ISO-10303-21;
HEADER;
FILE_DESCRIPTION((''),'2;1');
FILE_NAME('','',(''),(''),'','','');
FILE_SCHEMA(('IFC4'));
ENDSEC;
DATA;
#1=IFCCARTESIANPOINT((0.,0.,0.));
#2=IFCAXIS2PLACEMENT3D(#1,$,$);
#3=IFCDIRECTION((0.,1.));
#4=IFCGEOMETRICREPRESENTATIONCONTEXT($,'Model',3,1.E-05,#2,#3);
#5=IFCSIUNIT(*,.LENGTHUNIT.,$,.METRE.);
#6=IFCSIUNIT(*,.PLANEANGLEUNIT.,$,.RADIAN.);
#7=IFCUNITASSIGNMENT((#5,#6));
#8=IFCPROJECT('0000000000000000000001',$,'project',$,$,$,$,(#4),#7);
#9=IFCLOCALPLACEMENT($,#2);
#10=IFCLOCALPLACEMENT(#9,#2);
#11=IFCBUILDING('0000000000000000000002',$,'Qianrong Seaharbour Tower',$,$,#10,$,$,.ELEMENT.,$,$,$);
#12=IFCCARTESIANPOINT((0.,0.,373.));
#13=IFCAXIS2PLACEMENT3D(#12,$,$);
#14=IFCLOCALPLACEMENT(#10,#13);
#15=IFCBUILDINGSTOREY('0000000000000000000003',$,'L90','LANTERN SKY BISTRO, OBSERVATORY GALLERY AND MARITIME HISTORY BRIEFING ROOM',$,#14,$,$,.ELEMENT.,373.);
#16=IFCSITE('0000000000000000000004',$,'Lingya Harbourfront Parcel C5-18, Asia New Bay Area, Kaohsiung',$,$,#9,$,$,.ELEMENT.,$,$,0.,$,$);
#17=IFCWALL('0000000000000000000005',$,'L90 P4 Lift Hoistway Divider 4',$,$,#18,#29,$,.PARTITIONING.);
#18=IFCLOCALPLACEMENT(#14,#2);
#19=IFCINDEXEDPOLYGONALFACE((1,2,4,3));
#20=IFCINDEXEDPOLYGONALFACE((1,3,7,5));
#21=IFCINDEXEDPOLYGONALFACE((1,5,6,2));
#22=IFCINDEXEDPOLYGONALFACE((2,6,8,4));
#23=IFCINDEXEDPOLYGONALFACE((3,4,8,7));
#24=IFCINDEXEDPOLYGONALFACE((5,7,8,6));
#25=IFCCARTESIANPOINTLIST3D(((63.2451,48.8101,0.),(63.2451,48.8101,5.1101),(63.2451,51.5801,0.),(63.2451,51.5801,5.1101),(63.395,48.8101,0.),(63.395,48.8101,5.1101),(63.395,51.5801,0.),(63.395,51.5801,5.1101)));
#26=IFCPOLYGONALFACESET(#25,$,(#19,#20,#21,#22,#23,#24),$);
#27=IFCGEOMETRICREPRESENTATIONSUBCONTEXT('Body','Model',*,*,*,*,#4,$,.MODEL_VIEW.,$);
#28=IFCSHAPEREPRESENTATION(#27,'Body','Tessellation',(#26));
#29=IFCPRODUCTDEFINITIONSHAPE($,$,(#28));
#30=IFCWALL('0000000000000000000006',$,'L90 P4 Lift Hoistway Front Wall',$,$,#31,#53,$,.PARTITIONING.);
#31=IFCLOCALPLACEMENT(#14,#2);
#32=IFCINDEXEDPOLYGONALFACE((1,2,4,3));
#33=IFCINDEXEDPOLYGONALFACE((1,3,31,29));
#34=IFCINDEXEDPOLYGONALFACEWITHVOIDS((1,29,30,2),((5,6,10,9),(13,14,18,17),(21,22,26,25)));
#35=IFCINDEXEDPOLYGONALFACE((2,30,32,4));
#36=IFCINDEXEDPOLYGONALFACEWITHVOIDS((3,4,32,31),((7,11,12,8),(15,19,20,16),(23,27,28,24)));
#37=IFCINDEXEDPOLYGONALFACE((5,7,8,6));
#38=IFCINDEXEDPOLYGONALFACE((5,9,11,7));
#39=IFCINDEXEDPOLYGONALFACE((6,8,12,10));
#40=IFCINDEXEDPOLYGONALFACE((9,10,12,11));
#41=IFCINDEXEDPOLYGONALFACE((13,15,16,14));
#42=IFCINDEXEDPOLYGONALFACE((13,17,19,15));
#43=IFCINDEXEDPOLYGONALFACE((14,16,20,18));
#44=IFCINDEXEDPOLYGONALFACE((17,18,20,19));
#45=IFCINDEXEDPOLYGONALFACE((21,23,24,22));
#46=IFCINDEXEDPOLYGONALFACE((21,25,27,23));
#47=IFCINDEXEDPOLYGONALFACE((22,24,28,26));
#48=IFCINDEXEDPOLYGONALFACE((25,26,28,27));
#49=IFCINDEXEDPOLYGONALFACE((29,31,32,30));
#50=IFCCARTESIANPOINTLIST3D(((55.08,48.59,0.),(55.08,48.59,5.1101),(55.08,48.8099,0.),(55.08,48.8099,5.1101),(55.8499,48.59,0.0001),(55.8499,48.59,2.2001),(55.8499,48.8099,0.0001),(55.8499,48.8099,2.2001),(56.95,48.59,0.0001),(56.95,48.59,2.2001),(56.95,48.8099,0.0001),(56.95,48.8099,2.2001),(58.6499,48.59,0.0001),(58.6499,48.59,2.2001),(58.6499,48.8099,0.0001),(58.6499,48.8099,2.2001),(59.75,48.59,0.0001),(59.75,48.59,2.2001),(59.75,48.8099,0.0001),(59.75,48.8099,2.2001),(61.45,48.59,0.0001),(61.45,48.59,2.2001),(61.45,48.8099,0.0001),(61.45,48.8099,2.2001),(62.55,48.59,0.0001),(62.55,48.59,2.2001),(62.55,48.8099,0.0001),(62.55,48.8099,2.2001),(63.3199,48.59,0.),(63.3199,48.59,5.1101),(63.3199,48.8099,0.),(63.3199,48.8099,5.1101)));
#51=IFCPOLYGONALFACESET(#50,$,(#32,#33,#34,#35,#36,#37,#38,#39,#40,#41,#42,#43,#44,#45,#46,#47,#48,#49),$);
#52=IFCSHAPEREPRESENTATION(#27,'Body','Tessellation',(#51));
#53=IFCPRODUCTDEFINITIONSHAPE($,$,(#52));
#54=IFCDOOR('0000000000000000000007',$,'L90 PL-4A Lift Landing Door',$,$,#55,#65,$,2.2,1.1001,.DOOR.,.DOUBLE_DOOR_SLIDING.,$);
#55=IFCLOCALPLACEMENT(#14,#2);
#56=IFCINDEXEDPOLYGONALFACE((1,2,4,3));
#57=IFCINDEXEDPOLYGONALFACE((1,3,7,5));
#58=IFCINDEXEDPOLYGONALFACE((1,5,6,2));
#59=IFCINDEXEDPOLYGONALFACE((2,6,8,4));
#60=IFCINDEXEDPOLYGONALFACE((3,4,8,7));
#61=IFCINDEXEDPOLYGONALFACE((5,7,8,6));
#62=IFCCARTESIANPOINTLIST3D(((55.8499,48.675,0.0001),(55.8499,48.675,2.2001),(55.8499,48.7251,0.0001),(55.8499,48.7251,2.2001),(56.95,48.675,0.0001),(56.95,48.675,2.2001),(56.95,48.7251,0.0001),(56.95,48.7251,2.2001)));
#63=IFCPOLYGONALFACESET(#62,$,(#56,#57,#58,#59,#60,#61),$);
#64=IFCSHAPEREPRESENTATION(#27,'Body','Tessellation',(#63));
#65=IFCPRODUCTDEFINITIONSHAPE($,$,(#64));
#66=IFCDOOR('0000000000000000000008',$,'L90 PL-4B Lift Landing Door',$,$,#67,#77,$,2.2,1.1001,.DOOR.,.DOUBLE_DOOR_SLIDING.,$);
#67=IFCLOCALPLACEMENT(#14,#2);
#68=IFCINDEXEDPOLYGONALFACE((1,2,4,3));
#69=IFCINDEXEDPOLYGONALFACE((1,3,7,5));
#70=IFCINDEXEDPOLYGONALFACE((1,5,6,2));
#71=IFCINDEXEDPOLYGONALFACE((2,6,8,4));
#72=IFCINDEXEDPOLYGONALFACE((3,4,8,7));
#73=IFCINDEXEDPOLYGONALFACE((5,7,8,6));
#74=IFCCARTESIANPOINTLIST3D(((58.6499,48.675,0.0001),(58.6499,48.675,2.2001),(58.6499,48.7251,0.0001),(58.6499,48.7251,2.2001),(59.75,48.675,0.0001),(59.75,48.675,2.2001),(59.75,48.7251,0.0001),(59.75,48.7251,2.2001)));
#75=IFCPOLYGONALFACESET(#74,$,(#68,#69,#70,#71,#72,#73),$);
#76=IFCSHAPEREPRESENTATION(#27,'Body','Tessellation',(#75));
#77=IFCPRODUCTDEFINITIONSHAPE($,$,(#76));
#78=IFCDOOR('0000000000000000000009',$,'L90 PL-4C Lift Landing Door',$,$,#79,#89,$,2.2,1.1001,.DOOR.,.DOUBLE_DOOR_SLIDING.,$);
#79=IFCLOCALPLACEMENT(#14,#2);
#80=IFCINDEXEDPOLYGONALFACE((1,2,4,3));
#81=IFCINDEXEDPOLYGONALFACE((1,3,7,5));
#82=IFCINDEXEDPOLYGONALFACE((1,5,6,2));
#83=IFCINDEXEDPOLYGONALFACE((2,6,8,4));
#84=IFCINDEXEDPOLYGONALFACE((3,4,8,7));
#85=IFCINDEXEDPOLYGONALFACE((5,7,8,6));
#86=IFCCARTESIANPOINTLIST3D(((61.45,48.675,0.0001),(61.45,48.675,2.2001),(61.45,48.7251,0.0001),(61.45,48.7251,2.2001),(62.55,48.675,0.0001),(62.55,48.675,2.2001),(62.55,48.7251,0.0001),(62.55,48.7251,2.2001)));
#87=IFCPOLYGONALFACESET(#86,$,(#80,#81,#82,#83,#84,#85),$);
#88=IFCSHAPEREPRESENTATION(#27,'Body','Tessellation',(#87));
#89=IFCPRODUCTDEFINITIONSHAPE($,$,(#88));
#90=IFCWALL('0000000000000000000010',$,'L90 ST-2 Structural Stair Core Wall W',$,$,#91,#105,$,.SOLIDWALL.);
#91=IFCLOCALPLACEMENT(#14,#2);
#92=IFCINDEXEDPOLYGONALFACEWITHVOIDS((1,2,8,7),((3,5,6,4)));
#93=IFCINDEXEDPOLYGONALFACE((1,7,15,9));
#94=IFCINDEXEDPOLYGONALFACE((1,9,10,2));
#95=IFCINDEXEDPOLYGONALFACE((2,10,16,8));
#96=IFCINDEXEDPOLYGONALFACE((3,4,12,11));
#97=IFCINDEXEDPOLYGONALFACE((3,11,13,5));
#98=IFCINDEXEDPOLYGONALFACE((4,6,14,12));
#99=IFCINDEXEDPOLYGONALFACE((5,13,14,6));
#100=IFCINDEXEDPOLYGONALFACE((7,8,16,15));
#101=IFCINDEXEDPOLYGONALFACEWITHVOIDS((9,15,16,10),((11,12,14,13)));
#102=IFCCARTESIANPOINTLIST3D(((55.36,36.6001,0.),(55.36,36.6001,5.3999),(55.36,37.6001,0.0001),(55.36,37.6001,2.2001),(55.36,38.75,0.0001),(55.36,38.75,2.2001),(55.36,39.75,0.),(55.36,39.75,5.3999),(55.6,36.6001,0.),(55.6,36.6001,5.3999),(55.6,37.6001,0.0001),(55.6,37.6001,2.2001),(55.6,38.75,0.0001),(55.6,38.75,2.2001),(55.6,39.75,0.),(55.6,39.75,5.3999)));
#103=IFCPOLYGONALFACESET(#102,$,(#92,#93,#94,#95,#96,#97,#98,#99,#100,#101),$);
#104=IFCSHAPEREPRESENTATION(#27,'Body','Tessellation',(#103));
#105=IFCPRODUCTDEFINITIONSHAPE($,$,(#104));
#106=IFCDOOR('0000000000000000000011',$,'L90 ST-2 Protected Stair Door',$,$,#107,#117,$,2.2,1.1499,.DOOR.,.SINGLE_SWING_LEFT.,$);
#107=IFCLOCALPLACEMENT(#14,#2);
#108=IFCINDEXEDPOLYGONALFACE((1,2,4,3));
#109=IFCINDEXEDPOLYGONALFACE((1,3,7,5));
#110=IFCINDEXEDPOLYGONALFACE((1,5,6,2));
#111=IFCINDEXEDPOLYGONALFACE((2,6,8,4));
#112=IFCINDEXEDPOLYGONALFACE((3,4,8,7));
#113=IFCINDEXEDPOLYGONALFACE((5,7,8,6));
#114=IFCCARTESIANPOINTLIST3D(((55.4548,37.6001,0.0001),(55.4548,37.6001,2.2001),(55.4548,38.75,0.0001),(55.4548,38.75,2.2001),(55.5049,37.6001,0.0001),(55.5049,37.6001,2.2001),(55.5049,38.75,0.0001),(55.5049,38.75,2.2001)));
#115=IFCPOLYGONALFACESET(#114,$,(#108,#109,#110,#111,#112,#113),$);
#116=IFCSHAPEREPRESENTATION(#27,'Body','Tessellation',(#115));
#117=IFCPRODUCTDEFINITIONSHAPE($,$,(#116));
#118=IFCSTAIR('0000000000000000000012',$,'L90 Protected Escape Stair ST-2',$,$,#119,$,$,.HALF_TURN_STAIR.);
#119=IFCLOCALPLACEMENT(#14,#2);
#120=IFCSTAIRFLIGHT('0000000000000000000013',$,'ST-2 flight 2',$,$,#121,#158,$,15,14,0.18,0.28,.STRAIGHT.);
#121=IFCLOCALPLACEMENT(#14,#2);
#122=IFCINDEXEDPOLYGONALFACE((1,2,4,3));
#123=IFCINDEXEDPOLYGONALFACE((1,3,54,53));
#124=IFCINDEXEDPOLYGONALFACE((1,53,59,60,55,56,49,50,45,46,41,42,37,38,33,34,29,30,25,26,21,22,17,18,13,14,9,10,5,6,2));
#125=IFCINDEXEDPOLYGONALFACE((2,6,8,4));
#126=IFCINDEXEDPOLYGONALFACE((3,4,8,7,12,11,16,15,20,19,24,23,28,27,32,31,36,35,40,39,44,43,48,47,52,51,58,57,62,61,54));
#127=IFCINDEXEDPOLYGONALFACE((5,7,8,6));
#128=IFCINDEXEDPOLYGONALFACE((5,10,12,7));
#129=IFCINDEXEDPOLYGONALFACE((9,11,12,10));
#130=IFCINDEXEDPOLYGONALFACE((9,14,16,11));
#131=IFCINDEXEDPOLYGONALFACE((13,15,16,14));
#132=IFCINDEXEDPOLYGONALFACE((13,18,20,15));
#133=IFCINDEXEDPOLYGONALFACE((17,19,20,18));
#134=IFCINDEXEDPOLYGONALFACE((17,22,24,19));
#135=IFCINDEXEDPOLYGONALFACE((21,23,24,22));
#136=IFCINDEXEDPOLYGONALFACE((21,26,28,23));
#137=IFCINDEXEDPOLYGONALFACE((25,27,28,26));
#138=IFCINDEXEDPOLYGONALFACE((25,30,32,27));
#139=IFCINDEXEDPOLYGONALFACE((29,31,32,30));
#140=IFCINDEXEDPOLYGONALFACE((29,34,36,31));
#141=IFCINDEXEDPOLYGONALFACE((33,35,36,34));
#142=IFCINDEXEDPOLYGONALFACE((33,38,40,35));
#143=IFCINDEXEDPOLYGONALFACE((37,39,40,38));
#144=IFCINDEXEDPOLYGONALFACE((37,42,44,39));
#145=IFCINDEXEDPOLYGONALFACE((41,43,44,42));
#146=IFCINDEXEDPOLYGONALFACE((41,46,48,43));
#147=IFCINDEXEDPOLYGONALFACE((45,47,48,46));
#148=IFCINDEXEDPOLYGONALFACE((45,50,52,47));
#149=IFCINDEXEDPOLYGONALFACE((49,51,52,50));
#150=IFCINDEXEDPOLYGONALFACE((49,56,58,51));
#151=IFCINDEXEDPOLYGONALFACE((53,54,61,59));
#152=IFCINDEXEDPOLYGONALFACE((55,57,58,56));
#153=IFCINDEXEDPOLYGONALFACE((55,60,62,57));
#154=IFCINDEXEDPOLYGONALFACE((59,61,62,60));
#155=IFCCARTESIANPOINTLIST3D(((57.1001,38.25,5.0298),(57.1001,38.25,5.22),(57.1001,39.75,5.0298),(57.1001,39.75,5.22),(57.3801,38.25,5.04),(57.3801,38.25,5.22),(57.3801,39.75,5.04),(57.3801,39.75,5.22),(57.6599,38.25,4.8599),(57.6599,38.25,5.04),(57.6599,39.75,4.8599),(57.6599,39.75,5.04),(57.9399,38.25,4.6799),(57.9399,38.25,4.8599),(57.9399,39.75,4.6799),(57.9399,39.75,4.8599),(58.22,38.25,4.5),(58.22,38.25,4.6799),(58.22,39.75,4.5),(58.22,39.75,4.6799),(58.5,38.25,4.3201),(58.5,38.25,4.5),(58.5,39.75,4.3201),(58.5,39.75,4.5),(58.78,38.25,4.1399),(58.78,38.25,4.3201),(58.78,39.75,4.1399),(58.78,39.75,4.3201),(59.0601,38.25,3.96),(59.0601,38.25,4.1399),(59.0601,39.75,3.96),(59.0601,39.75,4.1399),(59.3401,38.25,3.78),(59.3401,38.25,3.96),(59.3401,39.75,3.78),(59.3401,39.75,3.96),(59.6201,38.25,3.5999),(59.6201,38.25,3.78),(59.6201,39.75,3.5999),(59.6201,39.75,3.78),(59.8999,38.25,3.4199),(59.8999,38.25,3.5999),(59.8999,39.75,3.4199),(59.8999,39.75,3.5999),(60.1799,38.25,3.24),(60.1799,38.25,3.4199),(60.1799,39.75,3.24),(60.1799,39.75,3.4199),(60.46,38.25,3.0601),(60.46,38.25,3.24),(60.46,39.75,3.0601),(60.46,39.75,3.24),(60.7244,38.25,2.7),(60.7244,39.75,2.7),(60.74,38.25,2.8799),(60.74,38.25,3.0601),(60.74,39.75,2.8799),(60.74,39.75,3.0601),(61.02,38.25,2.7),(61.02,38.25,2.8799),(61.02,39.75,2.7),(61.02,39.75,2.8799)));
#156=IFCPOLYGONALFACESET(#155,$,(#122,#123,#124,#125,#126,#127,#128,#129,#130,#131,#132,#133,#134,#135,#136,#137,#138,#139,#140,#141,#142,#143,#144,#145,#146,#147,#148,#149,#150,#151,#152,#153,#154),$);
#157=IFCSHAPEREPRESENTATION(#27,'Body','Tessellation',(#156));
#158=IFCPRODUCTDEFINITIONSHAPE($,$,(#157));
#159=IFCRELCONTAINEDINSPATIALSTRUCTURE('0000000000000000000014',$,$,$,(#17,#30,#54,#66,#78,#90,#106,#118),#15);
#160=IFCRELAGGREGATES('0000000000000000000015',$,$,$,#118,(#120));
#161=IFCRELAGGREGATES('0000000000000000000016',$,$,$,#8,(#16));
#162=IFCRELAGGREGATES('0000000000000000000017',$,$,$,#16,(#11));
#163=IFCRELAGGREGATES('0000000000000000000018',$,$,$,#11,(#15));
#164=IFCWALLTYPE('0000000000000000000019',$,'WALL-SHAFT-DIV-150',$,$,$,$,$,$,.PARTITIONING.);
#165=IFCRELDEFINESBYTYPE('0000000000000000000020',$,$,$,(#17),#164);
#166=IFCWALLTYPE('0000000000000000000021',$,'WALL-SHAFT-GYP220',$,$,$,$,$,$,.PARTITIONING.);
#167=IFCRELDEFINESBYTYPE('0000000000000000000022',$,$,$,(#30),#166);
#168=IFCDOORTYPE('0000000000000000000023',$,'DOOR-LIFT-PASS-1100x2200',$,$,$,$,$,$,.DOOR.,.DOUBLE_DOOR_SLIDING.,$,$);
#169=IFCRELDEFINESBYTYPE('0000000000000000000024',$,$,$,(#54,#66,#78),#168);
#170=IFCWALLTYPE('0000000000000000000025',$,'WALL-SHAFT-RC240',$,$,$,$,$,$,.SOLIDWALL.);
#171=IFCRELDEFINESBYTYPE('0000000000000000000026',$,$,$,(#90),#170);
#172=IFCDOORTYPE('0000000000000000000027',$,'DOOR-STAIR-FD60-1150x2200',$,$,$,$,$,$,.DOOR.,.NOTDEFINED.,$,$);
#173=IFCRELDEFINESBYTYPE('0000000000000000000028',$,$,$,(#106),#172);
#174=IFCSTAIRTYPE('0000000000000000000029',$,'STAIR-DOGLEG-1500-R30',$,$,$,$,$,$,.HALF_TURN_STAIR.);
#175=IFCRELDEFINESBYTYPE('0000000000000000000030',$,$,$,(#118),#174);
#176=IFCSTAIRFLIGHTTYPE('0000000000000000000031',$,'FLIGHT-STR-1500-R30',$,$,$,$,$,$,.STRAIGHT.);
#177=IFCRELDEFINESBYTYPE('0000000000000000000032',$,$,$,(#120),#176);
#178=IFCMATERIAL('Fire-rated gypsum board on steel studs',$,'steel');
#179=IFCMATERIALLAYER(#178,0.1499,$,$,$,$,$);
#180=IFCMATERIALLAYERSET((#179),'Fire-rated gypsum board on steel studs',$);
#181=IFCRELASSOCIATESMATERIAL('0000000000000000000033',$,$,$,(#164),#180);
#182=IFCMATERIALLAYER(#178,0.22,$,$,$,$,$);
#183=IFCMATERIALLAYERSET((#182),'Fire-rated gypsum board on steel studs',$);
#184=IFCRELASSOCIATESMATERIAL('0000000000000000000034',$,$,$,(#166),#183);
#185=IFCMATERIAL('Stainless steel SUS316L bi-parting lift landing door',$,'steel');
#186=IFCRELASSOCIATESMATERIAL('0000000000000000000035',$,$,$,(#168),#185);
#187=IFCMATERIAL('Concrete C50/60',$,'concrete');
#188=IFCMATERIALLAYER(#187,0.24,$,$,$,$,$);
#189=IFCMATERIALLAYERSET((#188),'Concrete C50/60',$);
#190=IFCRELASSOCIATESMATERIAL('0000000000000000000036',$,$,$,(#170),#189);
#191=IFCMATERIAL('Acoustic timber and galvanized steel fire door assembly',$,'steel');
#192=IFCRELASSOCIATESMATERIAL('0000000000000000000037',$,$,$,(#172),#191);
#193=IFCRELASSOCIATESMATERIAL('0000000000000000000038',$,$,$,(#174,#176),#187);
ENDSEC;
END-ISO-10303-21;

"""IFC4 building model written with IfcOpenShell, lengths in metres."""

from ifc_helpers import new_model, si_unit, direction, frame, frame_2d, origin, place, context, subcontext, project, spatial, polyline, rectangle, outline, extrude, material, layer, layer_set, type_object, element, fill, aggregate, save


model = new_model("IFC4")

# Units and contexts
model_context = context("Model", 3, precision=1e-05, world=origin(), true_north=direction((0.0, 1.0)))
body_context = subcontext(model_context, "Body", "Model", "MODEL_VIEW")
ifc_project = project(units=[si_unit("LENGTHUNIT", "METRE"), si_unit("PLANEANGLEUNIT", "RADIAN")], contexts=[model_context])

# Site, building, storey
site_placement = place(None, origin())
site = spatial("IfcSite", under=ifc_project, at=site_placement, Name="Lingya Harbourfront Parcel C5-18, Asia New Bay Area, Kaohsiung", CompositionType="ELEMENT", RefElevation=0.0)
building_placement = place(site_placement, origin())
building = spatial("IfcBuilding", under=site, at=building_placement, Name="Qianrong Seaharbour Tower", CompositionType="ELEMENT")
storey_placement = place(building_placement, frame((0.0, 0.0, 373.0)))
storey = spatial("IfcBuildingStorey", under=building, at=storey_placement, Name="L90", Description="LANTERN SKY BISTRO, OBSERVATORY GALLERY AND MARITIME HISTORY BRIEFING ROOM", CompositionType="ELEMENT", Elevation=373.0)

# Shared definitions
ifc_material_1 = material(Name="Acoustic timber and galvanized steel fire door assembly", Category="steel")

# Wall
ifc_material_2 = material(Name="Fire-rated gypsum board on steel studs", Category="steel")
ifc_layer_1 = layer(ifc_material_2, 0.1499)
ifc_layer_set_1 = layer_set([ifc_layer_1], Name="Fire-rated gypsum board on steel studs")
wall_type_1 = type_object("IfcWallType", Name="WALL-SHAFT-DIV-150", PredefinedType="PARTITIONING", material=ifc_layer_set_1)
for number, where, z_axis, x_axis, name in (
    (1, (63.3201, 48.8101, 0.0), (0.0, 0.0, 1.0), (0.0, 1.0, 0.0), "L90 P4 Lift Hoistway Divider 4"),
):
    element("IfcWall", number, at=place(storey_placement, frame(where, z_axis=z_axis, x_axis=x_axis)), inside=storey, type_object=wall_type_1, Name=name, PredefinedType="PARTITIONING", context=body_context, shape_type="SweptSolid", body=[
        extrude(rectangle(XDim=2.77, YDim=0.1499, at=frame_2d((1.385, 0.0))), origin(), (0.0, 0.0, 1.0), 5.1101),
    ])

# Wall, openings, doors
ifc_layer_2 = layer(ifc_material_2, 0.22)
ifc_layer_set_2 = layer_set([ifc_layer_2], Name="Fire-rated gypsum board on steel studs")
wall_type_2 = type_object("IfcWallType", Name="WALL-SHAFT-GYP220", PredefinedType="PARTITIONING", material=ifc_layer_set_2)
wall_1_placement = place(storey_placement, frame((63.3201, 48.7, 0.0), z_axis=(0.0, 0.0, 1.0), x_axis=(-1.0, 0.0, 0.0)))
wall_1 = element("IfcWall", 2, at=wall_1_placement, inside=storey, type_object=wall_type_2, Name="L90 P4 Lift Hoistway Front Wall", PredefinedType="PARTITIONING", context=body_context, shape_type="SweptSolid", body=[
    extrude(rectangle(XDim=8.24, YDim=0.22, at=frame_2d((4.1201, 0.0))), origin(), (0.0, 0.0, 1.0), 5.1101),
])
opening_1_placement = place(wall_1_placement, frame((6.3701, 0.0, 0.0)))
opening_1 = element("IfcOpeningElement", 3, at=opening_1_placement, cuts=wall_1, PredefinedType="OPENING", context=body_context, shape_type="SweptSolid", body=[
    extrude(rectangle(XDim=1.1001, YDim=2.2, at=frame_2d((0.55, 1.1001))), frame((0.0, 0.1201, 0.0), z_axis=(0.0, -1.0, 0.0), x_axis=(1.0, 0.0, 0.0)), (0.0, 0.0, 1.0), 0.24),
])
opening_2_placement = place(wall_1_placement, frame((3.5701, 0.0, 0.0)))
opening_2 = element("IfcOpeningElement", 4, at=opening_2_placement, cuts=wall_1, PredefinedType="OPENING", context=body_context, shape_type="SweptSolid", body=[
    extrude(rectangle(XDim=1.1001, YDim=2.2, at=frame_2d((0.55, 1.1001))), frame((0.0, 0.1201, 0.0), z_axis=(0.0, -1.0, 0.0), x_axis=(1.0, 0.0, 0.0)), (0.0, 0.0, 1.0), 0.24),
])
opening_3_placement = place(wall_1_placement, frame((0.77, 0.0, 0.0)))
opening_3 = element("IfcOpeningElement", 5, at=opening_3_placement, cuts=wall_1, PredefinedType="OPENING", context=body_context, shape_type="SweptSolid", body=[
    extrude(rectangle(XDim=1.1001, YDim=2.2, at=frame_2d((0.55, 1.1001))), frame((0.0, 0.1201, 0.0), z_axis=(0.0, -1.0, 0.0), x_axis=(1.0, 0.0, 0.0)), (0.0, 0.0, 1.0), 0.24),
])
ifc_material_3 = material(Name="Stainless steel SUS316L bi-parting lift landing door", Category="steel")
door_type_1 = type_object("IfcDoorType", Name="DOOR-LIFT-PASS-1100x2200", OperationType="DOUBLE_DOOR_SLIDING", PredefinedType="DOOR", material=ifc_material_3)
door_1_placement = place(opening_1_placement, origin())
door_1 = element("IfcDoor", 6, at=door_1_placement, inside=storey, type_object=door_type_1, Name="L90 PL-4A Lift Landing Door", OperationType="DOUBLE_DOOR_SLIDING", OverallHeight=2.2, OverallWidth=1.1001, PredefinedType="DOOR", context=body_context, shape_type="SweptSolid", body=[
    extrude(rectangle(XDim=1.1001, YDim=2.2, at=frame_2d((0.55, 1.1001))), frame((0.0, 0.0249, 0.0), z_axis=(0.0, -1.0, 0.0), x_axis=(1.0, 0.0, 0.0)), (0.0, 0.0, 1.0), 0.05),
])
fill(opening_1, door_1)
door_2_placement = place(opening_2_placement, origin())
door_2 = element("IfcDoor", 7, at=door_2_placement, inside=storey, type_object=door_type_1, Name="L90 PL-4B Lift Landing Door", OperationType="DOUBLE_DOOR_SLIDING", OverallHeight=2.2, OverallWidth=1.1001, PredefinedType="DOOR", context=body_context, shape_type="SweptSolid", body=[
    extrude(rectangle(XDim=1.1001, YDim=2.2, at=frame_2d((0.55, 1.1001))), frame((0.0, 0.0249, 0.0), z_axis=(0.0, -1.0, 0.0), x_axis=(1.0, 0.0, 0.0)), (0.0, 0.0, 1.0), 0.05),
])
fill(opening_2, door_2)
door_3_placement = place(opening_3_placement, origin())
door_3 = element("IfcDoor", 8, at=door_3_placement, inside=storey, type_object=door_type_1, Name="L90 PL-4C Lift Landing Door", OperationType="DOUBLE_DOOR_SLIDING", OverallHeight=2.2, OverallWidth=1.1001, PredefinedType="DOOR", context=body_context, shape_type="SweptSolid", body=[
    extrude(rectangle(XDim=1.1001, YDim=2.2, at=frame_2d((0.55, 1.1001))), frame((0.0, 0.0249, 0.0), z_axis=(0.0, -1.0, 0.0), x_axis=(1.0, 0.0, 0.0)), (0.0, 0.0, 1.0), 0.05),
])
fill(opening_3, door_3)

# Wall, opening, door
ifc_material_4 = material(Name="Concrete C50/60", Category="concrete")
ifc_layer_3 = layer(ifc_material_4, 0.24)
ifc_layer_set_3 = layer_set([ifc_layer_3], Name="Concrete C50/60")
wall_type_3 = type_object("IfcWallType", Name="WALL-SHAFT-RC240", PredefinedType="SOLIDWALL", material=ifc_layer_set_3)
wall_2_placement = place(storey_placement, frame((55.48, 39.75, 0.0), z_axis=(0.0, 0.0, 1.0), x_axis=(0.0, -1.0, 0.0)))
wall_2 = element("IfcWall", 9, at=wall_2_placement, inside=storey, type_object=wall_type_3, Name="L90 ST-2 Structural Stair Core Wall W", PredefinedType="SOLIDWALL", context=body_context, shape_type="SweptSolid", body=[
    extrude(rectangle(XDim=3.1499, YDim=0.24, at=frame_2d((1.575, 0.0))), origin(), (0.0, 0.0, 1.0), 5.3999),
])
opening_4_placement = place(wall_2_placement, frame((1.0, 0.0, 0.0)))
opening_4 = element("IfcOpeningElement", 10, at=opening_4_placement, cuts=wall_2, PredefinedType="OPENING", context=body_context, shape_type="SweptSolid", body=[
    extrude(rectangle(XDim=1.1499, YDim=2.2, at=frame_2d((0.575, 1.1001))), frame((0.0, 0.1299, 0.0), z_axis=(0.0, -1.0, 0.0), x_axis=(1.0, 0.0, 0.0)), (0.0, 0.0, 1.0), 0.26),
])
door_type_2 = type_object("IfcDoorType", Name="DOOR-STAIR-FD60-1150x2200", OperationType="NOTDEFINED", PredefinedType="DOOR", material=ifc_material_1)
door_4_placement = place(opening_4_placement, origin())
door_4 = element("IfcDoor", 11, at=door_4_placement, inside=storey, type_object=door_type_2, Name="L90 ST-2 Protected Stair Door", OperationType="SINGLE_SWING_LEFT", OverallHeight=2.2, OverallWidth=1.1499, PredefinedType="DOOR", context=body_context, shape_type="SweptSolid", body=[
    extrude(rectangle(XDim=1.1499, YDim=2.2, at=frame_2d((0.575, 1.1001))), frame((0.0, 0.0249, 0.0), z_axis=(0.0, -1.0, 0.0), x_axis=(1.0, 0.0, 0.0)), (0.0, 0.0, 1.0), 0.05),
])
fill(opening_4, door_4)

# Stair, stair flight
stair_type = type_object("IfcStairType", Name="STAIR-DOGLEG-1500-R30", PredefinedType="HALF_TURN_STAIR", material=ifc_material_4)
stair_placement = place(storey_placement, origin())
stair = element("IfcStair", 12, at=stair_placement, inside=storey, type_object=stair_type, Name="L90 Protected Escape Stair ST-2", PredefinedType="HALF_TURN_STAIR")
stair_flight_type = type_object("IfcStairFlightType", Name="FLIGHT-STR-1500-R30", PredefinedType="STRAIGHT", material=ifc_material_4)
stair_flight_placement = place(storey_placement, frame((61.02, 39.0, 2.7), z_axis=(0.0, 0.0, 1.0), x_axis=(-1.0, 0.0, 0.0)))
stair_flight = element("IfcStairFlight", 13, at=stair_flight_placement, type_object=stair_flight_type, Name="ST-2 flight 2", NumberOfRisers=15, NumberOfTreads=14, PredefinedType="STRAIGHT", RiserHeight=0.18, TreadLength=0.28, context=body_context, shape_type="SweptSolid", body=[
    extrude(outline(polyline([(0.0, 0.0), (0.0, 0.1799), (0.28, 0.1799), (0.28, 0.3601), (0.5601, 0.3601), (0.5601, 0.54), (0.8401, 0.54), (0.8401, 0.72), (1.1201, 0.72), (1.1201, 0.8999), (1.3999, 0.8999), (1.3999, 1.0801), (1.6799, 1.0801), (1.6799, 1.26), (1.96, 1.26), (1.96, 1.4399), (2.24, 1.4399), (2.24, 1.6201), (2.52, 1.6201), (2.52, 1.8), (2.8, 1.8), (2.8, 1.98), (3.0801, 1.98), (3.0801, 2.1599), (3.3601, 2.1599), (3.3601, 2.3401), (3.6399, 2.3401), (3.6399, 2.52), (3.9199, 2.52), (3.9199, 2.7), (3.9199, 2.3298), (0.2957, 0.0), (0.0, 0.0)])), frame((0.0, 0.75, 0.0), z_axis=(0.0, -1.0, 0.0), x_axis=(1.0, 0.0, 0.0)), (0.0, 0.0, 1.0), 1.5),
])
aggregate(stair, [stair_flight])

save(model, "model.ifc")
